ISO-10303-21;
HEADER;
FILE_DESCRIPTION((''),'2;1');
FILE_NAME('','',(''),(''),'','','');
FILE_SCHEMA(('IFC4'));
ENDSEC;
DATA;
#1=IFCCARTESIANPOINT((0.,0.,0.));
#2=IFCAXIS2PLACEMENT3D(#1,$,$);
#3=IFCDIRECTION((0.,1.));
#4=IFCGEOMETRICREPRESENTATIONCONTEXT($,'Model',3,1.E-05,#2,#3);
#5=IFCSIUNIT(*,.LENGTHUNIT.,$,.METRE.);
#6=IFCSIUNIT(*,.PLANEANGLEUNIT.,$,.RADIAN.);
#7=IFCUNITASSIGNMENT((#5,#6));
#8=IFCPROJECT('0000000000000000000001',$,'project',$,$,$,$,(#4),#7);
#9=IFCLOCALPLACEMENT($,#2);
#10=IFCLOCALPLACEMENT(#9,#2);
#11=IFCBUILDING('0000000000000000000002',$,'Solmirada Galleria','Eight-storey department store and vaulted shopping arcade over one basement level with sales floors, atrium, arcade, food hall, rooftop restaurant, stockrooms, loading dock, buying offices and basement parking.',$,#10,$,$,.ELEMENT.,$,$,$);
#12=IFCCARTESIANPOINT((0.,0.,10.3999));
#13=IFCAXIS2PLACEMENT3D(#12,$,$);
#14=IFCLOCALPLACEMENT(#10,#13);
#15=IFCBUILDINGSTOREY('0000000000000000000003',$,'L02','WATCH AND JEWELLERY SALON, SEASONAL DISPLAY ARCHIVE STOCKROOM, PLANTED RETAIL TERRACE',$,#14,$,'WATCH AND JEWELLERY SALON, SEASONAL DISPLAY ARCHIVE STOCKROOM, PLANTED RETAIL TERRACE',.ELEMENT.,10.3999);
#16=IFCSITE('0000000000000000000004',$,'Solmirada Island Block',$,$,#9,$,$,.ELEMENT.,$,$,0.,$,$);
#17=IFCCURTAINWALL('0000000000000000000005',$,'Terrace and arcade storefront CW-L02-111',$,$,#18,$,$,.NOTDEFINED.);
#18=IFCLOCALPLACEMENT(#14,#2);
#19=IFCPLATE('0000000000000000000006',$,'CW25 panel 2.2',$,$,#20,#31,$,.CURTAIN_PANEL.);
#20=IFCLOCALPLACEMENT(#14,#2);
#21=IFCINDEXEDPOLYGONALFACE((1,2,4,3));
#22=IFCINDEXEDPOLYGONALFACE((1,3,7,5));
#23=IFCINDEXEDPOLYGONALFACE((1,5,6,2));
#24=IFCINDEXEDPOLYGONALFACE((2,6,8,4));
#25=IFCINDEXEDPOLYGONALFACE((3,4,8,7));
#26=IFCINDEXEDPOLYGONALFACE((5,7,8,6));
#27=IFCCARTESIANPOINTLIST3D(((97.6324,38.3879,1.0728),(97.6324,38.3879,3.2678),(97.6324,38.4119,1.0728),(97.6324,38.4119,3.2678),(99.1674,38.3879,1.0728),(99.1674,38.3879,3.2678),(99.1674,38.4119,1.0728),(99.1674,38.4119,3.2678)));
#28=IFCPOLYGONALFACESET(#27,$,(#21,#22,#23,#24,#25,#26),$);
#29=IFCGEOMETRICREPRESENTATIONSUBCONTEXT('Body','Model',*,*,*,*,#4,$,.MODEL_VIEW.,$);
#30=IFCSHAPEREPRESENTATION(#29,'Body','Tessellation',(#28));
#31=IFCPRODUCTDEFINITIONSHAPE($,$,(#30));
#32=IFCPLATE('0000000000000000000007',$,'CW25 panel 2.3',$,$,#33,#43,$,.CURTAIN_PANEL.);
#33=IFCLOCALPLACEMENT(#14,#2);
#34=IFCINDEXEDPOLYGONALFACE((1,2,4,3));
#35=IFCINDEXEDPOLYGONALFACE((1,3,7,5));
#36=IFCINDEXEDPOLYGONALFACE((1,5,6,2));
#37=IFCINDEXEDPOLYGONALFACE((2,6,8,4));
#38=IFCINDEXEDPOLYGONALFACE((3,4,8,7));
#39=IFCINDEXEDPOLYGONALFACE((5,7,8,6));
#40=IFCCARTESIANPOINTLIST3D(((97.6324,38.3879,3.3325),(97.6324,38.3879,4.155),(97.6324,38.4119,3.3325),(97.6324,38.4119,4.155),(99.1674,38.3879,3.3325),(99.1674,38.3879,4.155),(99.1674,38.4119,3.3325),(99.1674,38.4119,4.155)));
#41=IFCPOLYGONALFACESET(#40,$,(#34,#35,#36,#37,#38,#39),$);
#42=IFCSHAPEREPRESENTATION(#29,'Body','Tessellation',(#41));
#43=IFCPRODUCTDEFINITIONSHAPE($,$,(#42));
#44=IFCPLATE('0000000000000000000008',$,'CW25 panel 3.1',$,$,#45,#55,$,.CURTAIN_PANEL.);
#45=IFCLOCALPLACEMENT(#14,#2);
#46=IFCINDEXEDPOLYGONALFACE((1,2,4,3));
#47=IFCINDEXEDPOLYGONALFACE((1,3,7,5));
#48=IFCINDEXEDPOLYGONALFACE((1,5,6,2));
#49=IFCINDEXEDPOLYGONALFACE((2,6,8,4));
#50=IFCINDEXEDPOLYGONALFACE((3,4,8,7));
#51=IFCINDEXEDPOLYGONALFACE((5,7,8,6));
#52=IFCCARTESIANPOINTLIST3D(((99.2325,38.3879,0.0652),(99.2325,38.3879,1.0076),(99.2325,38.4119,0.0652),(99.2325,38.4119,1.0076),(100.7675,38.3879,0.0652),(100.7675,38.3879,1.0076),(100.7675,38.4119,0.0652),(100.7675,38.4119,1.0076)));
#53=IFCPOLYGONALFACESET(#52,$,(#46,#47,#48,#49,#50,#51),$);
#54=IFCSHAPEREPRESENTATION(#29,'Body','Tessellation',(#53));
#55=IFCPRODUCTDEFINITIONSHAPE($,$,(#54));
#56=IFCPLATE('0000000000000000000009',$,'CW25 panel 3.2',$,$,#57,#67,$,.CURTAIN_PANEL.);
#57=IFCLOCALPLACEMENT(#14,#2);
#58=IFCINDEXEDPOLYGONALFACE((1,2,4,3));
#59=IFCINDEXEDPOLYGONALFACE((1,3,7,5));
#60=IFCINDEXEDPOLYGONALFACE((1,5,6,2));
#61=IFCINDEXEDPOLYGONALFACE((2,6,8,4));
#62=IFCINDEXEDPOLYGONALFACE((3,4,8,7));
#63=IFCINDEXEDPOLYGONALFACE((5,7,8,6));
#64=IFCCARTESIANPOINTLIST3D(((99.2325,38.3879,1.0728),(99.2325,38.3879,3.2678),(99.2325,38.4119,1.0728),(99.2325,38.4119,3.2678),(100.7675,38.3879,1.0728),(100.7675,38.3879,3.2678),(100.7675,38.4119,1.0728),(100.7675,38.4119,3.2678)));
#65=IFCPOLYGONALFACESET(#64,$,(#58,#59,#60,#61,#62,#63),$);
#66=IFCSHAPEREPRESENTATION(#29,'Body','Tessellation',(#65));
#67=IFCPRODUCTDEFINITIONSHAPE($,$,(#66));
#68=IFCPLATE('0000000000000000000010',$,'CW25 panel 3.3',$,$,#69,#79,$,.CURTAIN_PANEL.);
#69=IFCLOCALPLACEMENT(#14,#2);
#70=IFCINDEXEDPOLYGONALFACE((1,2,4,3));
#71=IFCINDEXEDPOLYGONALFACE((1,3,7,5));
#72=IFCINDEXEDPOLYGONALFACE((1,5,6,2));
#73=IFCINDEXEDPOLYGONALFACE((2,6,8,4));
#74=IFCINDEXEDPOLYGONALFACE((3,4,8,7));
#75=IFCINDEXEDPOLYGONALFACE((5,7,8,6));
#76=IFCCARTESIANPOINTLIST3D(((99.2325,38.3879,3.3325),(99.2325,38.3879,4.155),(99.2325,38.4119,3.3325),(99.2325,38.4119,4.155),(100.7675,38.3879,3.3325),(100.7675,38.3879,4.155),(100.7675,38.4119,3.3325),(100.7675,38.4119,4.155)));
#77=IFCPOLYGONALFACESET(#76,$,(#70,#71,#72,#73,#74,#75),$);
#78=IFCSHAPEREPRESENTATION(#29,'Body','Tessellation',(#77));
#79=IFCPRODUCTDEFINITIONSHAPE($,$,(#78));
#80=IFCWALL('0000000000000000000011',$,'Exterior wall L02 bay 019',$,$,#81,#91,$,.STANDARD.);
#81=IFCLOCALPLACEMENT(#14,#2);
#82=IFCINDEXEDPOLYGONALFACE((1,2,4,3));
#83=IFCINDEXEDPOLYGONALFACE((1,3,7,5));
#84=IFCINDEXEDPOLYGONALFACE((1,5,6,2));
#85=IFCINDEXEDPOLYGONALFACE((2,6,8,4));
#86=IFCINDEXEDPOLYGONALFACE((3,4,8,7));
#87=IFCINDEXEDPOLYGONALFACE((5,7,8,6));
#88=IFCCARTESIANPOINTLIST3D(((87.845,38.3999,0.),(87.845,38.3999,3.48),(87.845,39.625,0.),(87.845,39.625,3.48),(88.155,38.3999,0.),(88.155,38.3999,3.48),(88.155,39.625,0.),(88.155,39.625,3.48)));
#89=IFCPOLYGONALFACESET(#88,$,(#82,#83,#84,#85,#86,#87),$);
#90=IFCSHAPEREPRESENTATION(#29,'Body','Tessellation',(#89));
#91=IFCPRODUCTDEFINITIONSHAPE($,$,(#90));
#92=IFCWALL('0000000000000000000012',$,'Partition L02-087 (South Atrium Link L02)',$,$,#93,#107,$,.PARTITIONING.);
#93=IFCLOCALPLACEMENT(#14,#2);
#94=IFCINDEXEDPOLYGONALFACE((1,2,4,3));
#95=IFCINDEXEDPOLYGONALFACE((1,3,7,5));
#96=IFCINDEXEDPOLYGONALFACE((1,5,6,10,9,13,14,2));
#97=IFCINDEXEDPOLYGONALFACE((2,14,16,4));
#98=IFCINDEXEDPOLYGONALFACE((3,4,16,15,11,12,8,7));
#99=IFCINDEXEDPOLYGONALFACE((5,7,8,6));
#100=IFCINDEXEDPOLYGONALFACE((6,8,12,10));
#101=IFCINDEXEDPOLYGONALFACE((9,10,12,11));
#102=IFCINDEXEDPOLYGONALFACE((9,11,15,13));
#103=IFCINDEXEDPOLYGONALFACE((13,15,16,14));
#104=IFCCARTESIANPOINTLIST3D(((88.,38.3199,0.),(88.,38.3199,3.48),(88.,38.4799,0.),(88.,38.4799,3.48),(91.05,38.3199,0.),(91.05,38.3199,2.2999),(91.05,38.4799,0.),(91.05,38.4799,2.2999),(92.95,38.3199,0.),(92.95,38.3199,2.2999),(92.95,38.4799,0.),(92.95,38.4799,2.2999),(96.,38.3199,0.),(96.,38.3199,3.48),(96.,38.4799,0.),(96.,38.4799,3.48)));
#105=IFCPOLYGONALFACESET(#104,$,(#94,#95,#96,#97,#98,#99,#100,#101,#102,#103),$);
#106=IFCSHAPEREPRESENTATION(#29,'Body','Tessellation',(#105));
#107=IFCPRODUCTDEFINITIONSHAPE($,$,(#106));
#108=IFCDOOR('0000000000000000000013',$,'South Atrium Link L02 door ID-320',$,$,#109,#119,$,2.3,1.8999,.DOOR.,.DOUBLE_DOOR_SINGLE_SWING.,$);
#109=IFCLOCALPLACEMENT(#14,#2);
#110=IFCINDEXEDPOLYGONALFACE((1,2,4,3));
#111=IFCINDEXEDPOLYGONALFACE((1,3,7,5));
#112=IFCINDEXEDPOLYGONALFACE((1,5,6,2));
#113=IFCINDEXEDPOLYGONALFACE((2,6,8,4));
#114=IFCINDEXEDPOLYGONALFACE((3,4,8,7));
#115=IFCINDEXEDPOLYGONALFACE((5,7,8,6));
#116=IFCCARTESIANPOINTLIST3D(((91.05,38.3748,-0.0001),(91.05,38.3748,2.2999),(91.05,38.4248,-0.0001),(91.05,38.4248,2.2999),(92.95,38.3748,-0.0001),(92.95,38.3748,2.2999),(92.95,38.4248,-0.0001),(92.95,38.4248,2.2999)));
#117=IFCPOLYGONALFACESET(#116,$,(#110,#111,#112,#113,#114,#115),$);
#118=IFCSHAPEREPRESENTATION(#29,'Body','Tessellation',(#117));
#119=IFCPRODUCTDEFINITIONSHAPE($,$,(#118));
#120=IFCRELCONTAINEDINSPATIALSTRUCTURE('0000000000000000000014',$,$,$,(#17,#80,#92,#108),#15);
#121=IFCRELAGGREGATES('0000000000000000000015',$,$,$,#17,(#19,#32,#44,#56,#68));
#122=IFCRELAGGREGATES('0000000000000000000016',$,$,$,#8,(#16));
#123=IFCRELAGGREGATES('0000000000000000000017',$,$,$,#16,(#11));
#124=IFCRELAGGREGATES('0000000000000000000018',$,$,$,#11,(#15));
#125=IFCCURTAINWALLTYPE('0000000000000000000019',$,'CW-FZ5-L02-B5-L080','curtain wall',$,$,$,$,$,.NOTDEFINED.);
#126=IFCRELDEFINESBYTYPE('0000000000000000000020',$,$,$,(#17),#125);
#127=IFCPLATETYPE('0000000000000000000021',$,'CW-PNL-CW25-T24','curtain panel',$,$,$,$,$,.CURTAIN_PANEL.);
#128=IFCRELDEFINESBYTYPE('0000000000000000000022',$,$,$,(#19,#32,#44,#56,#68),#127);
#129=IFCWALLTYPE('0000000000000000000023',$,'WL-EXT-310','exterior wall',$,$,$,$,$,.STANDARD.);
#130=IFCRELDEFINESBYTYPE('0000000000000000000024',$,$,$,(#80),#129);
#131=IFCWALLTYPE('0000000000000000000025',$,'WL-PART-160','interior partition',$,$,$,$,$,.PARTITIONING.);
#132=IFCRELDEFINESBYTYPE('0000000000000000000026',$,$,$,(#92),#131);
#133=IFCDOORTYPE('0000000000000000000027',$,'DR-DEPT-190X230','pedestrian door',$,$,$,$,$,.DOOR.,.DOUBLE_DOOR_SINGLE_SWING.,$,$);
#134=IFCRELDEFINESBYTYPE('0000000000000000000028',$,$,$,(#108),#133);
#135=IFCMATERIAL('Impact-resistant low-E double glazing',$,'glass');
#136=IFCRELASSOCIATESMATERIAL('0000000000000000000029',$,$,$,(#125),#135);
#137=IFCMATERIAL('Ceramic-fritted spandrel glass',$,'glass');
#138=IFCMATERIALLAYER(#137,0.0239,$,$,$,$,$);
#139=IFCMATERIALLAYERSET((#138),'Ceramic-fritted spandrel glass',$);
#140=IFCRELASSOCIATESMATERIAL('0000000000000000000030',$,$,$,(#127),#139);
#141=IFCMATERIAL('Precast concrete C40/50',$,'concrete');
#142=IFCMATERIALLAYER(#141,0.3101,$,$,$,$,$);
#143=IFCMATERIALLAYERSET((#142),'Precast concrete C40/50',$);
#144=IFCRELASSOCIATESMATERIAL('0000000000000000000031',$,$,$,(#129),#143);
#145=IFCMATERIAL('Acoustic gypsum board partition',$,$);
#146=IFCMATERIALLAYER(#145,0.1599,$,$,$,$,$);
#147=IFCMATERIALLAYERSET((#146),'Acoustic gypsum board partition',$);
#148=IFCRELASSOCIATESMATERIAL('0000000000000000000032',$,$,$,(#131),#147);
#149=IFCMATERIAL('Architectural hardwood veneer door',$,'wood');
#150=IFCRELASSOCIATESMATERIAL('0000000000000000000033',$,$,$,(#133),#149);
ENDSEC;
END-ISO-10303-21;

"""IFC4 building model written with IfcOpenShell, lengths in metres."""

from ifc_helpers import new_model, si_unit, direction, frame, frame_2d, origin, origin_2d, place, context, subcontext, project, spatial, rectangle, extrude, material, layer, layer_set, type_object, element, fill, aggregate, save


model = new_model("IFC4")

# Units and contexts
model_context = context("Model", 3, precision=1e-05, world=origin(), true_north=direction((0.0, 1.0)))
body_context = subcontext(model_context, "Body", "Model", "MODEL_VIEW")
ifc_project = project(units=[si_unit("LENGTHUNIT", "METRE"), si_unit("PLANEANGLEUNIT", "RADIAN")], contexts=[model_context])

# Site, building, storey
site_placement = place(None, origin())
site = spatial("IfcSite", under=ifc_project, at=site_placement, Name="Solmirada Island Block", CompositionType="ELEMENT", RefElevation=0.0)
building_placement = place(site_placement, origin())
building = spatial("IfcBuilding", under=site, at=building_placement, Name="Solmirada Galleria", Description="Eight-storey department store and vaulted shopping arcade over one basement level with sales floors, atrium, arcade, food hall, rooftop restaurant, stockrooms, loading dock, buying offices and basement parking.", CompositionType="ELEMENT")
storey_placement = place(building_placement, frame((0.0, 0.0, 10.3999)))
storey = spatial("IfcBuildingStorey", under=building, at=storey_placement, Name="L02", Description="WATCH AND JEWELLERY SALON, SEASONAL DISPLAY ARCHIVE STOCKROOM, PLANTED RETAIL TERRACE", LongName="WATCH AND JEWELLERY SALON, SEASONAL DISPLAY ARCHIVE STOCKROOM, PLANTED RETAIL TERRACE", CompositionType="ELEMENT", Elevation=10.3999)

# Curtain wall, plates
ifc_material_1 = material(Name="Impact-resistant low-E double glazing", Category="glass")
curtain_wall_type = type_object("IfcCurtainWallType", Name="CW-FZ5-L02-B5-L080", Description="curtain wall", PredefinedType="NOTDEFINED", material=ifc_material_1)
curtain_wall_placement = place(storey_placement, origin())
curtain_wall = element("IfcCurtainWall", 1, at=curtain_wall_placement, inside=storey, type_object=curtain_wall_type, Name="Terrace and arcade storefront CW-L02-111", PredefinedType="NOTDEFINED")
ifc_material_2 = material(Name="Ceramic-fritted spandrel glass", Category="glass")
ifc_layer_1 = layer(ifc_material_2, 0.0239)
ifc_layer_set_1 = layer_set([ifc_layer_1], Name="Ceramic-fritted spandrel glass")
plate_type = type_object("IfcPlateType", Name="CW-PNL-CW25-T24", Description="curtain panel", PredefinedType="CURTAIN_PANEL", material=ifc_layer_set_1)
plate_1_placement = place(storey_placement, frame((98.3999, 38.3999, 1.0728), z_axis=(0.0, 0.0, 1.0), x_axis=(1.0, 0.0, 0.0)))
plate_1 = element("IfcPlate", 2, at=plate_1_placement, type_object=plate_type, Name="CW25 panel 2.2", PredefinedType="CURTAIN_PANEL", context=body_context, shape_type="SweptSolid", body=[
    extrude(rectangle(XDim=1.5349, YDim=0.0239, at=origin_2d()), origin(), (0.0, 0.0, 1.0), 2.1951),
])
plate_2_placement = place(storey_placement, frame((98.3999, 38.3999, 3.3325), z_axis=(0.0, 0.0, 1.0), x_axis=(1.0, 0.0, 0.0)))
plate_2 = element("IfcPlate", 3, at=plate_2_placement, type_object=plate_type, Name="CW25 panel 2.3", PredefinedType="CURTAIN_PANEL", context=body_context, shape_type="SweptSolid", body=[
    extrude(rectangle(XDim=1.5349, YDim=0.0239, at=origin_2d()), origin(), (0.0, 0.0, 1.0), 0.8225),
])
plate_3_placement = place(storey_placement, frame((100.0, 38.3999, 0.0652), z_axis=(0.0, 0.0, 1.0), x_axis=(1.0, 0.0, 0.0)))
plate_3 = element("IfcPlate", 4, at=plate_3_placement, type_object=plate_type, Name="CW25 panel 3.1", PredefinedType="CURTAIN_PANEL", context=body_context, shape_type="SweptSolid", body=[
    extrude(rectangle(XDim=1.5349, YDim=0.0239, at=origin_2d()), origin(), (0.0, 0.0, 1.0), 0.9424),
])
plate_4_placement = place(storey_placement, frame((100.0, 38.3999, 1.0728), z_axis=(0.0, 0.0, 1.0), x_axis=(1.0, 0.0, 0.0)))
plate_4 = element("IfcPlate", 5, at=plate_4_placement, type_object=plate_type, Name="CW25 panel 3.2", PredefinedType="CURTAIN_PANEL", context=body_context, shape_type="SweptSolid", body=[
    extrude(rectangle(XDim=1.5349, YDim=0.0239, at=origin_2d()), origin(), (0.0, 0.0, 1.0), 2.1951),
])
plate_5_placement = place(storey_placement, frame((100.0, 38.3999, 3.3325), z_axis=(0.0, 0.0, 1.0), x_axis=(1.0, 0.0, 0.0)))
plate_5 = element("IfcPlate", 6, at=plate_5_placement, type_object=plate_type, Name="CW25 panel 3.3", PredefinedType="CURTAIN_PANEL", context=body_context, shape_type="SweptSolid", body=[
    extrude(rectangle(XDim=1.5349, YDim=0.0239, at=origin_2d()), origin(), (0.0, 0.0, 1.0), 0.8225),
])
aggregate(curtain_wall, [plate_1, plate_2, plate_3, plate_4, plate_5])

# Wall
ifc_material_3 = material(Name="Precast concrete C40/50", Category="concrete")
ifc_layer_2 = layer(ifc_material_3, 0.3101)
ifc_layer_set_2 = layer_set([ifc_layer_2], Name="Precast concrete C40/50")
wall_type_1 = type_object("IfcWallType", Name="WL-EXT-310", Description="exterior wall", PredefinedType="STANDARD", material=ifc_layer_set_2)
wall_1_placement = place(storey_placement, frame((88.0, 38.3999, 0.0), z_axis=(0.0, 0.0, 1.0), x_axis=(0.0, 1.0, 0.0)))
element("IfcWall", 7, at=wall_1_placement, inside=storey, type_object=wall_type_1, Name="Exterior wall L02 bay 019", PredefinedType="STANDARD", context=body_context, shape_type="SweptSolid", body=[
    extrude(rectangle(XDim=1.2251, YDim=0.3101, at=frame_2d((0.6125, 0.0))), origin(), (0.0, 0.0, 1.0), 3.48),
])

# Wall, opening, door
ifc_material_4 = material(Name="Acoustic gypsum board partition")
ifc_layer_3 = layer(ifc_material_4, 0.1599)
ifc_layer_set_3 = layer_set([ifc_layer_3], Name="Acoustic gypsum board partition")
wall_type_2 = type_object("IfcWallType", Name="WL-PART-160", Description="interior partition", PredefinedType="PARTITIONING", material=ifc_layer_set_3)
wall_2_placement = place(storey_placement, frame((88.0, 38.3999, 0.0), z_axis=(0.0, 0.0, 1.0), x_axis=(1.0, 0.0, 0.0)))
wall_2 = element("IfcWall", 8, at=wall_2_placement, inside=storey, type_object=wall_type_2, Name="Partition L02-087 (South Atrium Link L02)", PredefinedType="PARTITIONING", context=body_context, shape_type="SweptSolid", body=[
    extrude(rectangle(XDim=8.0, YDim=0.1599, at=frame_2d((4.0, 0.0))), origin(), (0.0, 0.0, 1.0), 3.48),
])
opening_placement = place(wall_2_placement, frame((3.05, 0.0, 0.0)))
opening = element("IfcOpeningElement", 9, at=opening_placement, cuts=wall_2, PredefinedType="OPENING", context=body_context, shape_type="SweptSolid", body=[
    extrude(rectangle(XDim=1.8999, YDim=2.3, at=frame_2d((0.95, 1.1499))), frame((0.0, 0.0898, 0.0), z_axis=(0.0, -1.0, 0.0), x_axis=(1.0, 0.0, 0.0)), (0.0, 0.0, 1.0), 0.1799),
])
ifc_material_5 = material(Name="Architectural hardwood veneer door", Category="wood")
door_type = type_object("IfcDoorType", Name="DR-DEPT-190X230", Description="pedestrian door", OperationType="DOUBLE_DOOR_SINGLE_SWING", PredefinedType="DOOR", material=ifc_material_5)
door_placement = place(opening_placement, origin())
door = element("IfcDoor", 10, at=door_placement, inside=storey, type_object=door_type, Name="South Atrium Link L02 door ID-320", OperationType="DOUBLE_DOOR_SINGLE_SWING", OverallHeight=2.3, OverallWidth=1.8999, PredefinedType="DOOR", context=body_context, shape_type="SweptSolid", body=[
    extrude(rectangle(XDim=1.8999, YDim=2.3, at=frame_2d((0.95, 1.1499))), frame((0.0, 0.0249, 0.0), z_axis=(0.0, -1.0, 0.0), x_axis=(1.0, 0.0, 0.0)), (0.0, 0.0, 1.0), 0.05),
])
fill(opening, door)

save(model, "model.ifc")
